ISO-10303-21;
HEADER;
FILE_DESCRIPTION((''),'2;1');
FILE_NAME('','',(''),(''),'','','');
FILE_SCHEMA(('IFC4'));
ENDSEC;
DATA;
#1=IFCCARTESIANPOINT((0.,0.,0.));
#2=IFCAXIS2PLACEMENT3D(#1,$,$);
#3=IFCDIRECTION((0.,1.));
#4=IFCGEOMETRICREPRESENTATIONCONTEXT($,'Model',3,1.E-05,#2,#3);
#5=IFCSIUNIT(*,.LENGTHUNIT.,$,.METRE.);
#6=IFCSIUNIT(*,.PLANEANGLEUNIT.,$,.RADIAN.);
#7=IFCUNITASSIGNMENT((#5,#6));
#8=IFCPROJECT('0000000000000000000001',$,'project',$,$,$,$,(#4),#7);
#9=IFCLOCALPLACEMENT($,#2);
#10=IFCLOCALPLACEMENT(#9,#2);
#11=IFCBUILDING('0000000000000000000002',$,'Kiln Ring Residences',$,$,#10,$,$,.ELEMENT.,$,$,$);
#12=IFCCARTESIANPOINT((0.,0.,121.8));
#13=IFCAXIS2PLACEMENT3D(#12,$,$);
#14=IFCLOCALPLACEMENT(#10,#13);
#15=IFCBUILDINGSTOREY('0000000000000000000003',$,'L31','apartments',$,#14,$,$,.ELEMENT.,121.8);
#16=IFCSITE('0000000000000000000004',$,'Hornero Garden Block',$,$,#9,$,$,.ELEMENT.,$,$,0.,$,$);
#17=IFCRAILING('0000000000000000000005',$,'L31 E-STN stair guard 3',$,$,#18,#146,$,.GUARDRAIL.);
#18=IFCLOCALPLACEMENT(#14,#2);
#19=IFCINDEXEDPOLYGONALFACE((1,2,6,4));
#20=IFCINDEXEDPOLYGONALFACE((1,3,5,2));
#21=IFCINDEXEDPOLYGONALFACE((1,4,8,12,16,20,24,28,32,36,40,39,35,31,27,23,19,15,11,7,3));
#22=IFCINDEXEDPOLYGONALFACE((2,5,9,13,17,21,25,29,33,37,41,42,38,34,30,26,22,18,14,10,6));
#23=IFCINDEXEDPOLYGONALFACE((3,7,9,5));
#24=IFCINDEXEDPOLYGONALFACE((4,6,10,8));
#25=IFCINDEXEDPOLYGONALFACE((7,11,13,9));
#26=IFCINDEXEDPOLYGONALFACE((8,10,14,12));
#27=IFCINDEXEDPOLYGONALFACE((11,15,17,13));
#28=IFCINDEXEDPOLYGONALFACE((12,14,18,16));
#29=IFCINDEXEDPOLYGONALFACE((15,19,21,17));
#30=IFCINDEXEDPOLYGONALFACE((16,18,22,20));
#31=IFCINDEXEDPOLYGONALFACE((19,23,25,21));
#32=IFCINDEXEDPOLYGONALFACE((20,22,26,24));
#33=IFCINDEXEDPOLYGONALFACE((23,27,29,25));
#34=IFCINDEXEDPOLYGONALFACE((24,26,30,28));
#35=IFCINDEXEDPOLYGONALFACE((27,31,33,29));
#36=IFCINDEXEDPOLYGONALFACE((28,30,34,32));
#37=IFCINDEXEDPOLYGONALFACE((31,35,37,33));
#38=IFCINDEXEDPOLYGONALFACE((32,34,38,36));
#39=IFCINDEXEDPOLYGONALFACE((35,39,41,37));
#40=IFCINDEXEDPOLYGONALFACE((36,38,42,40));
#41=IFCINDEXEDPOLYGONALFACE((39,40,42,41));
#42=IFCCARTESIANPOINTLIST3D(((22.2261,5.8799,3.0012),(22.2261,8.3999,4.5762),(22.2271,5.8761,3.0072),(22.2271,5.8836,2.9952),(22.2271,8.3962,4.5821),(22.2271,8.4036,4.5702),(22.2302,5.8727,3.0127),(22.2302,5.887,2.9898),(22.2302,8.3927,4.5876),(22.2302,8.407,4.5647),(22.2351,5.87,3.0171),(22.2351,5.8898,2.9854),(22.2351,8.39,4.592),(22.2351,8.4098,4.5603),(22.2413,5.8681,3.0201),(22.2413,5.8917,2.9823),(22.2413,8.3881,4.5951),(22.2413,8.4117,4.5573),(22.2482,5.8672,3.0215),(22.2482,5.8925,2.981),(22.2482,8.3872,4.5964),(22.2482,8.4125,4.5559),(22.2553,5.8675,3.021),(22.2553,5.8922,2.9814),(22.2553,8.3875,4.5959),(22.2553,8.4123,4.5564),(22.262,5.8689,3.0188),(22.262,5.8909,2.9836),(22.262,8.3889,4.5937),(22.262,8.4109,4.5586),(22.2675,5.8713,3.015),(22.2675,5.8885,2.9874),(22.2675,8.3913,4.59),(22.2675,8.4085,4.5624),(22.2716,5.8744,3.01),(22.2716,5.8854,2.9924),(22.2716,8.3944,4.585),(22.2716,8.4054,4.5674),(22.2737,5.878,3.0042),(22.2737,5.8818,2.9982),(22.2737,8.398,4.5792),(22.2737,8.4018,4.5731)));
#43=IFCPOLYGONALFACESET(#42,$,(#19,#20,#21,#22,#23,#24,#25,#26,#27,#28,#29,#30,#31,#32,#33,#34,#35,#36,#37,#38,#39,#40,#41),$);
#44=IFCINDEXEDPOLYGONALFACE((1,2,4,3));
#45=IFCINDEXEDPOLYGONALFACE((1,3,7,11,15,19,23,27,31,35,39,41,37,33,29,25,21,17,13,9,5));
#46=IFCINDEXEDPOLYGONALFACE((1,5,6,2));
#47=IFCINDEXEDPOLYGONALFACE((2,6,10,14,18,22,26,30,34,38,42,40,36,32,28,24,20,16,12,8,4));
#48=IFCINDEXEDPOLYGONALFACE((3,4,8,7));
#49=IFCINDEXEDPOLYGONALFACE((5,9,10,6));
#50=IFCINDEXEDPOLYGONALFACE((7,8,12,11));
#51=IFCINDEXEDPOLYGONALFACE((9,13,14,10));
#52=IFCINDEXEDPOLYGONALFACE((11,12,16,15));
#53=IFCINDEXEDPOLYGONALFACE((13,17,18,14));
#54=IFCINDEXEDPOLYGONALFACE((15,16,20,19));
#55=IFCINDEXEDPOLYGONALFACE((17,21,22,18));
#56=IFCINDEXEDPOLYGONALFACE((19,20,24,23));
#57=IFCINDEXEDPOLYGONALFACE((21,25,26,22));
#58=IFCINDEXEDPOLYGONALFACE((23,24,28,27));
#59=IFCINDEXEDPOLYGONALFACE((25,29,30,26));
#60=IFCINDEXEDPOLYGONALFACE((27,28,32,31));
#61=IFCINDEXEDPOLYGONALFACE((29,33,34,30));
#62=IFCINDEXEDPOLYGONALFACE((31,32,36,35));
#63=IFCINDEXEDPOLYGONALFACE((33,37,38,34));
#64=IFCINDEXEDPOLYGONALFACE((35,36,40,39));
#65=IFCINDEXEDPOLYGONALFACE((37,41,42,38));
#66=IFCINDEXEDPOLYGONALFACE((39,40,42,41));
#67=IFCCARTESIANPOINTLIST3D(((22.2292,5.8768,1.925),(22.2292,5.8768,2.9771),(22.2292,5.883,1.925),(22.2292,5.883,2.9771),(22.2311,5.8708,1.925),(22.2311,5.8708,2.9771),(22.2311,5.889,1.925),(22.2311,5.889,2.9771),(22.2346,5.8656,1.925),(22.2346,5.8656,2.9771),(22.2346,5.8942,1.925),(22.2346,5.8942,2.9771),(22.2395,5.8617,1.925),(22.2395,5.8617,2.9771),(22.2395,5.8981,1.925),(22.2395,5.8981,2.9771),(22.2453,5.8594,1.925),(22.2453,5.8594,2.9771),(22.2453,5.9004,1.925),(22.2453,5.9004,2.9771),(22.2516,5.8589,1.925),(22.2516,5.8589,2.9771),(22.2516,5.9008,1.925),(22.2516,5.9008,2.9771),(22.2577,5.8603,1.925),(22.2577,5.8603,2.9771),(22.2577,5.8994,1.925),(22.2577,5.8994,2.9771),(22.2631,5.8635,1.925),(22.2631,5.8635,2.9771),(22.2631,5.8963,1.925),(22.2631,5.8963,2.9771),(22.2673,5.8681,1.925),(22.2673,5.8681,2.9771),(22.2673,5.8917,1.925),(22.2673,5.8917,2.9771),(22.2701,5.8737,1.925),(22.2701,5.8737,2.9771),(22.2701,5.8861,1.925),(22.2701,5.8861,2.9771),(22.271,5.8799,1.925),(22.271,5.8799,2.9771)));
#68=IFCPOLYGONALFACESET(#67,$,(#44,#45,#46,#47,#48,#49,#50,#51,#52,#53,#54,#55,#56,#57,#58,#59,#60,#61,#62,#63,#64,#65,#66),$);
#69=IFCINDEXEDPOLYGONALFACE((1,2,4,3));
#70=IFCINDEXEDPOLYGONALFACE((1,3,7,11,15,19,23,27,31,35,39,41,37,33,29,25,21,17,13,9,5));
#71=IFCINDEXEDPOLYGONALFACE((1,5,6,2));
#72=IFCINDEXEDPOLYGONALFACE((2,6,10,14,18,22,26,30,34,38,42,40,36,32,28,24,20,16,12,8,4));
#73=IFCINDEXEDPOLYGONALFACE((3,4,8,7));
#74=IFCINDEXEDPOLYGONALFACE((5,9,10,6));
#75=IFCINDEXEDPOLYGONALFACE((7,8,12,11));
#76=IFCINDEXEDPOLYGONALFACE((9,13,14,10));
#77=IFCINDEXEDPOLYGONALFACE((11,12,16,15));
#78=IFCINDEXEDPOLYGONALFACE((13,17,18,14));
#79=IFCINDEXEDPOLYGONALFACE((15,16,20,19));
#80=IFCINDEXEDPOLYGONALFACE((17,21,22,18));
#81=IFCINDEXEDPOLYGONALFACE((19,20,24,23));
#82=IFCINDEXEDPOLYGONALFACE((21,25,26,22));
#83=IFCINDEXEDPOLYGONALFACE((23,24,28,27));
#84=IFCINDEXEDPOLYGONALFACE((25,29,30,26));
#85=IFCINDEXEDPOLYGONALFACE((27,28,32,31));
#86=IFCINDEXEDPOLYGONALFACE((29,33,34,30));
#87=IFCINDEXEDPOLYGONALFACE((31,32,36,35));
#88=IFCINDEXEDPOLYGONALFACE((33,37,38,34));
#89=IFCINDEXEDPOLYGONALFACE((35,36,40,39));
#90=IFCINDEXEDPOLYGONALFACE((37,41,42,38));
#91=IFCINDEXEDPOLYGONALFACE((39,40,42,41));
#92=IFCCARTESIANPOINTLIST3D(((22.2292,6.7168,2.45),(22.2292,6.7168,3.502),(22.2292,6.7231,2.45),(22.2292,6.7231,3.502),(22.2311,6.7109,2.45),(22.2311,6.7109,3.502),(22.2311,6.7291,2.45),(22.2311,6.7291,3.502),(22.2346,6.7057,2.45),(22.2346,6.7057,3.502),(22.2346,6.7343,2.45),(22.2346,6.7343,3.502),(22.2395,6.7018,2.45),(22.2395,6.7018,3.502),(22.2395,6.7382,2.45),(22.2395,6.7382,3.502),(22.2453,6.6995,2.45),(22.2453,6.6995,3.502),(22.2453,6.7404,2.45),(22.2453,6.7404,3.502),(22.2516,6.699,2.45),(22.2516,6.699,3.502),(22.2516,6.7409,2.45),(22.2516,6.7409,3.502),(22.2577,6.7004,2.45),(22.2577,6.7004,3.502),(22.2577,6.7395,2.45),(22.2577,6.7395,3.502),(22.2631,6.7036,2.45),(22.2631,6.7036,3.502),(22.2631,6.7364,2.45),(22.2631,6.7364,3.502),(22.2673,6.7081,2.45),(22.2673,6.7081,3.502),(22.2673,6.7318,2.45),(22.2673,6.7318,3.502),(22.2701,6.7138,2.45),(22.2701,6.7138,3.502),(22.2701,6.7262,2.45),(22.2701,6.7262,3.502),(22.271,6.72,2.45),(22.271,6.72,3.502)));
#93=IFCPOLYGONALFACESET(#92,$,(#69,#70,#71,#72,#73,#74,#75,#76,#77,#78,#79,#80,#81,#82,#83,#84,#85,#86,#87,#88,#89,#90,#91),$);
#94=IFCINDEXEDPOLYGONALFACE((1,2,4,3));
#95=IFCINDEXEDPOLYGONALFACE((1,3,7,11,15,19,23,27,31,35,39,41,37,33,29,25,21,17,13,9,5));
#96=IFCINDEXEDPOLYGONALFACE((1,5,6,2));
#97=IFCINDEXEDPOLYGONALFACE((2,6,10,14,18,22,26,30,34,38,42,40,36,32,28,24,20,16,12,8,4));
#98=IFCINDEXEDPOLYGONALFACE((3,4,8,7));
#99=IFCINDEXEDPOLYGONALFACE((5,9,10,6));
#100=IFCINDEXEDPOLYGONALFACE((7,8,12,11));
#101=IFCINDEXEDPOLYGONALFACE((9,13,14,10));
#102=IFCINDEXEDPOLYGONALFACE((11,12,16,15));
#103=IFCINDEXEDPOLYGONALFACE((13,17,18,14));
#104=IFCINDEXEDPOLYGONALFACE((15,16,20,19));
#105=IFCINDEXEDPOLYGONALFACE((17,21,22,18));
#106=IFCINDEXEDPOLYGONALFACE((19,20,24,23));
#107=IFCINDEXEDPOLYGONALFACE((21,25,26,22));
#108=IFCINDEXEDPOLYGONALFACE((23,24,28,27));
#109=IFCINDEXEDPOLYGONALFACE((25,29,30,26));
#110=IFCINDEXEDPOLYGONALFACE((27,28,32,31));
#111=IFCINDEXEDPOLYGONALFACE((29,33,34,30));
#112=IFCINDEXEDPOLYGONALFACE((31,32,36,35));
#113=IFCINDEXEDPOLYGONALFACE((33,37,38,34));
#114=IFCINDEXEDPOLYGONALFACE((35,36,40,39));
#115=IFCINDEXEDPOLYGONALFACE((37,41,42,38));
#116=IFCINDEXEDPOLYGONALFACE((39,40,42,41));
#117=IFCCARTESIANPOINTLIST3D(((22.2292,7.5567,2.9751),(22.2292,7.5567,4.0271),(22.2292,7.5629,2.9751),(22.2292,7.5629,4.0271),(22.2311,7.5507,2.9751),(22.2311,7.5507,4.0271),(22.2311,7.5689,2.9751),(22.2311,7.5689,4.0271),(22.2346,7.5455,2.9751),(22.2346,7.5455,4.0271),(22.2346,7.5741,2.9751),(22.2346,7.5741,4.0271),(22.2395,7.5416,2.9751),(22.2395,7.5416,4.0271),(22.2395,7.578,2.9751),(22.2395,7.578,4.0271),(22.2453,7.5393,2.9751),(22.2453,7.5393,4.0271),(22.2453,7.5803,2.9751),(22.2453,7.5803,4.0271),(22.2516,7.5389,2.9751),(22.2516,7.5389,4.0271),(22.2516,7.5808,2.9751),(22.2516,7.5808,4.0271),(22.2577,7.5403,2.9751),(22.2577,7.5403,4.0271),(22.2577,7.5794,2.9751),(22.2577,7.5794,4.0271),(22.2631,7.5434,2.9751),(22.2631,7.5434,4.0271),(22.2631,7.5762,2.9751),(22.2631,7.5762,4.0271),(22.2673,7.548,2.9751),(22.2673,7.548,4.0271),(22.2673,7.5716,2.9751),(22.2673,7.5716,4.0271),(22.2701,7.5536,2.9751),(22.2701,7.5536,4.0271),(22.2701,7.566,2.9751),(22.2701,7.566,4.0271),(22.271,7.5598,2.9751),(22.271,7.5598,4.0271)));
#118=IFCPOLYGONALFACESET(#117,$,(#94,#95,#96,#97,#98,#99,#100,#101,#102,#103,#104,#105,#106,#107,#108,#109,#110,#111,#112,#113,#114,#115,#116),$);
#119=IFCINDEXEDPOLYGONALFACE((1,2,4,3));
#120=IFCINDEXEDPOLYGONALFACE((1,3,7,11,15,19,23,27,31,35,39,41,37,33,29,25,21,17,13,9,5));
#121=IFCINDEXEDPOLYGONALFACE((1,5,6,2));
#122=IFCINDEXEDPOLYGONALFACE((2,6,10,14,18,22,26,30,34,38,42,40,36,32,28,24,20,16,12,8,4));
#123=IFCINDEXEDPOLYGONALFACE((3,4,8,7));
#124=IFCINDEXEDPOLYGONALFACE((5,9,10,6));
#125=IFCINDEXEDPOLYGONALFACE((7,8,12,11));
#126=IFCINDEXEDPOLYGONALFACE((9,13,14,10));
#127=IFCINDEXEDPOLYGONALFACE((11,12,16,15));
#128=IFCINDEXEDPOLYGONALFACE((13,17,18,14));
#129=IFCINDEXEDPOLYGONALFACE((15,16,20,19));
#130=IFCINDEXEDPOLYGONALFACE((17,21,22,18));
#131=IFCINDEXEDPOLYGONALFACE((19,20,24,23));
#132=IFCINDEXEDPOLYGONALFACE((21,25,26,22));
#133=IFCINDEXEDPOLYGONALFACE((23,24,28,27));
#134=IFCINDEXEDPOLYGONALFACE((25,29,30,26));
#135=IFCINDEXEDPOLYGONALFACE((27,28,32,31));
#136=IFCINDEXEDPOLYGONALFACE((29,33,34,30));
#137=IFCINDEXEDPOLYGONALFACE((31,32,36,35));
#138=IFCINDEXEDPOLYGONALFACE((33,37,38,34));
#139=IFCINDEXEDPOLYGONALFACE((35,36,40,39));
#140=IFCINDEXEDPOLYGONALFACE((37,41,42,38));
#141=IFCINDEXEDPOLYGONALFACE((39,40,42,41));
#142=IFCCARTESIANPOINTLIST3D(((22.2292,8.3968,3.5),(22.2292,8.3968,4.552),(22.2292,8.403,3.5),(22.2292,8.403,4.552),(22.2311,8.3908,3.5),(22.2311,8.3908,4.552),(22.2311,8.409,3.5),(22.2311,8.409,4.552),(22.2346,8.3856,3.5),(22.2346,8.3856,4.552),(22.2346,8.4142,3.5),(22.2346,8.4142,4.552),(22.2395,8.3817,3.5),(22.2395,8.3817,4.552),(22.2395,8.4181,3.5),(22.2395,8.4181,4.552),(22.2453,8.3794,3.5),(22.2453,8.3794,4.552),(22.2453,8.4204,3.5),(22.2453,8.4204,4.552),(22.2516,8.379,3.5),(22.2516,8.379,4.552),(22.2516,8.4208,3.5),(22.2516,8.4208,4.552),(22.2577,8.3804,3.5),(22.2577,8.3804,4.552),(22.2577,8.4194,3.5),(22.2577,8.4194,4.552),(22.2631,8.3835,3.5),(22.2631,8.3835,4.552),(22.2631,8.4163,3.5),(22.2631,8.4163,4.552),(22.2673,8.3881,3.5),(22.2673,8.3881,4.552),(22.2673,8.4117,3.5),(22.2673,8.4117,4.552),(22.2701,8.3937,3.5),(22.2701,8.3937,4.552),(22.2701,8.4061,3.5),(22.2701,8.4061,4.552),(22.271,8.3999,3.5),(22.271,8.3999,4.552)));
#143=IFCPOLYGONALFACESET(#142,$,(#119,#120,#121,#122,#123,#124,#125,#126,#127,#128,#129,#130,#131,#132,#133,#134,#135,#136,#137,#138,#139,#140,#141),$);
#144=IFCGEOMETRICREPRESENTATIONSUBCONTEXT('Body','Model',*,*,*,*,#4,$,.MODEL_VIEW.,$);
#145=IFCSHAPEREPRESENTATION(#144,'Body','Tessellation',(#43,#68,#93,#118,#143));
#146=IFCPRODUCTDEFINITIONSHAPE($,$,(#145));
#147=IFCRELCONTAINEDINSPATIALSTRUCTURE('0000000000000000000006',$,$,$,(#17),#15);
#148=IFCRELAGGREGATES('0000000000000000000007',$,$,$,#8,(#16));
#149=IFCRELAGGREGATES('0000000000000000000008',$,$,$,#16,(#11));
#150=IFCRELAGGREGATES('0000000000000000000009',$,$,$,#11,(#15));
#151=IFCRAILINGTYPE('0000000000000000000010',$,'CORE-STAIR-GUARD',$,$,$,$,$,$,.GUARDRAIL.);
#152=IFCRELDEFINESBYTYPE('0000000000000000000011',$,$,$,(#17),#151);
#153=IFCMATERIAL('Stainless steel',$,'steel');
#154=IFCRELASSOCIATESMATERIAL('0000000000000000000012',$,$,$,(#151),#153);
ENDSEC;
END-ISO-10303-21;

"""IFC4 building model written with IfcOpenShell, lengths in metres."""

from ifc_helpers import new_model, si_unit, direction, frame, origin, origin_2d, place, context, subcontext, project, spatial, circle, extrude, material, type_object, element, save


model = new_model("IFC4")

# Units and contexts
model_context = context("Model", 3, precision=1e-05, world=origin(), true_north=direction((0.0, 1.0)))
body_context = subcontext(model_context, "Body", "Model", "MODEL_VIEW")
ifc_project = project(units=[si_unit("LENGTHUNIT", "METRE"), si_unit("PLANEANGLEUNIT", "RADIAN")], contexts=[model_context])

# Site, building, storey
site_placement = place(None, origin())
site = spatial("IfcSite", under=ifc_project, at=site_placement, Name="Hornero Garden Block", CompositionType="ELEMENT", RefElevation=0.0)
building_placement = place(site_placement, origin())
building = spatial("IfcBuilding", under=site, at=building_placement, Name="Kiln Ring Residences", CompositionType="ELEMENT")
storey_placement = place(building_placement, frame((0.0, 0.0, 121.8)))
storey = spatial("IfcBuildingStorey", under=building, at=storey_placement, Name="L31", Description="apartments", CompositionType="ELEMENT", Elevation=121.8)

# Railing
ifc_material_1 = material(Name="Stainless steel", Category="steel")
railing_type_1 = type_object("IfcRailingType", Name="CORE-STAIR-GUARD", PredefinedType="GUARDRAIL", material=ifc_material_1)
railing_1_placement = place(storey_placement, frame((22.25, 5.8799, 1.925)))
element("IfcRailing", 1, at=railing_1_placement, inside=storey, type_object=railing_type_1, Name="L31 E-STN stair guard 3", PredefinedType="GUARDRAIL", context=body_context, shape_type="SweptSolid", body=[
    extrude(circle(Radius=0.0239, at=origin_2d()), frame((0.0, 0.0, 1.0762), z_axis=(0.0, 0.848008, 0.529984), x_axis=(-1.0, 0.0, 0.0)), (0.0, 0.0, 1.0), 2.9717),
    extrude(circle(Radius=0.021, at=origin_2d()), origin(), (0.0, 0.0, 1.0), 1.052),
    extrude(circle(Radius=0.021, at=origin_2d()), frame((0.0, 0.8401, 0.5249)), (0.0, 0.0, 1.0), 1.052),
    extrude(circle(Radius=0.021, at=origin_2d()), frame((0.0, 1.6799, 1.05)), (0.0, 0.0, 1.0), 1.052),
    extrude(circle(Radius=0.021, at=origin_2d()), frame((0.0, 2.52, 1.575)), (0.0, 0.0, 1.0), 1.052),
])

save(model, "model.ifc")
